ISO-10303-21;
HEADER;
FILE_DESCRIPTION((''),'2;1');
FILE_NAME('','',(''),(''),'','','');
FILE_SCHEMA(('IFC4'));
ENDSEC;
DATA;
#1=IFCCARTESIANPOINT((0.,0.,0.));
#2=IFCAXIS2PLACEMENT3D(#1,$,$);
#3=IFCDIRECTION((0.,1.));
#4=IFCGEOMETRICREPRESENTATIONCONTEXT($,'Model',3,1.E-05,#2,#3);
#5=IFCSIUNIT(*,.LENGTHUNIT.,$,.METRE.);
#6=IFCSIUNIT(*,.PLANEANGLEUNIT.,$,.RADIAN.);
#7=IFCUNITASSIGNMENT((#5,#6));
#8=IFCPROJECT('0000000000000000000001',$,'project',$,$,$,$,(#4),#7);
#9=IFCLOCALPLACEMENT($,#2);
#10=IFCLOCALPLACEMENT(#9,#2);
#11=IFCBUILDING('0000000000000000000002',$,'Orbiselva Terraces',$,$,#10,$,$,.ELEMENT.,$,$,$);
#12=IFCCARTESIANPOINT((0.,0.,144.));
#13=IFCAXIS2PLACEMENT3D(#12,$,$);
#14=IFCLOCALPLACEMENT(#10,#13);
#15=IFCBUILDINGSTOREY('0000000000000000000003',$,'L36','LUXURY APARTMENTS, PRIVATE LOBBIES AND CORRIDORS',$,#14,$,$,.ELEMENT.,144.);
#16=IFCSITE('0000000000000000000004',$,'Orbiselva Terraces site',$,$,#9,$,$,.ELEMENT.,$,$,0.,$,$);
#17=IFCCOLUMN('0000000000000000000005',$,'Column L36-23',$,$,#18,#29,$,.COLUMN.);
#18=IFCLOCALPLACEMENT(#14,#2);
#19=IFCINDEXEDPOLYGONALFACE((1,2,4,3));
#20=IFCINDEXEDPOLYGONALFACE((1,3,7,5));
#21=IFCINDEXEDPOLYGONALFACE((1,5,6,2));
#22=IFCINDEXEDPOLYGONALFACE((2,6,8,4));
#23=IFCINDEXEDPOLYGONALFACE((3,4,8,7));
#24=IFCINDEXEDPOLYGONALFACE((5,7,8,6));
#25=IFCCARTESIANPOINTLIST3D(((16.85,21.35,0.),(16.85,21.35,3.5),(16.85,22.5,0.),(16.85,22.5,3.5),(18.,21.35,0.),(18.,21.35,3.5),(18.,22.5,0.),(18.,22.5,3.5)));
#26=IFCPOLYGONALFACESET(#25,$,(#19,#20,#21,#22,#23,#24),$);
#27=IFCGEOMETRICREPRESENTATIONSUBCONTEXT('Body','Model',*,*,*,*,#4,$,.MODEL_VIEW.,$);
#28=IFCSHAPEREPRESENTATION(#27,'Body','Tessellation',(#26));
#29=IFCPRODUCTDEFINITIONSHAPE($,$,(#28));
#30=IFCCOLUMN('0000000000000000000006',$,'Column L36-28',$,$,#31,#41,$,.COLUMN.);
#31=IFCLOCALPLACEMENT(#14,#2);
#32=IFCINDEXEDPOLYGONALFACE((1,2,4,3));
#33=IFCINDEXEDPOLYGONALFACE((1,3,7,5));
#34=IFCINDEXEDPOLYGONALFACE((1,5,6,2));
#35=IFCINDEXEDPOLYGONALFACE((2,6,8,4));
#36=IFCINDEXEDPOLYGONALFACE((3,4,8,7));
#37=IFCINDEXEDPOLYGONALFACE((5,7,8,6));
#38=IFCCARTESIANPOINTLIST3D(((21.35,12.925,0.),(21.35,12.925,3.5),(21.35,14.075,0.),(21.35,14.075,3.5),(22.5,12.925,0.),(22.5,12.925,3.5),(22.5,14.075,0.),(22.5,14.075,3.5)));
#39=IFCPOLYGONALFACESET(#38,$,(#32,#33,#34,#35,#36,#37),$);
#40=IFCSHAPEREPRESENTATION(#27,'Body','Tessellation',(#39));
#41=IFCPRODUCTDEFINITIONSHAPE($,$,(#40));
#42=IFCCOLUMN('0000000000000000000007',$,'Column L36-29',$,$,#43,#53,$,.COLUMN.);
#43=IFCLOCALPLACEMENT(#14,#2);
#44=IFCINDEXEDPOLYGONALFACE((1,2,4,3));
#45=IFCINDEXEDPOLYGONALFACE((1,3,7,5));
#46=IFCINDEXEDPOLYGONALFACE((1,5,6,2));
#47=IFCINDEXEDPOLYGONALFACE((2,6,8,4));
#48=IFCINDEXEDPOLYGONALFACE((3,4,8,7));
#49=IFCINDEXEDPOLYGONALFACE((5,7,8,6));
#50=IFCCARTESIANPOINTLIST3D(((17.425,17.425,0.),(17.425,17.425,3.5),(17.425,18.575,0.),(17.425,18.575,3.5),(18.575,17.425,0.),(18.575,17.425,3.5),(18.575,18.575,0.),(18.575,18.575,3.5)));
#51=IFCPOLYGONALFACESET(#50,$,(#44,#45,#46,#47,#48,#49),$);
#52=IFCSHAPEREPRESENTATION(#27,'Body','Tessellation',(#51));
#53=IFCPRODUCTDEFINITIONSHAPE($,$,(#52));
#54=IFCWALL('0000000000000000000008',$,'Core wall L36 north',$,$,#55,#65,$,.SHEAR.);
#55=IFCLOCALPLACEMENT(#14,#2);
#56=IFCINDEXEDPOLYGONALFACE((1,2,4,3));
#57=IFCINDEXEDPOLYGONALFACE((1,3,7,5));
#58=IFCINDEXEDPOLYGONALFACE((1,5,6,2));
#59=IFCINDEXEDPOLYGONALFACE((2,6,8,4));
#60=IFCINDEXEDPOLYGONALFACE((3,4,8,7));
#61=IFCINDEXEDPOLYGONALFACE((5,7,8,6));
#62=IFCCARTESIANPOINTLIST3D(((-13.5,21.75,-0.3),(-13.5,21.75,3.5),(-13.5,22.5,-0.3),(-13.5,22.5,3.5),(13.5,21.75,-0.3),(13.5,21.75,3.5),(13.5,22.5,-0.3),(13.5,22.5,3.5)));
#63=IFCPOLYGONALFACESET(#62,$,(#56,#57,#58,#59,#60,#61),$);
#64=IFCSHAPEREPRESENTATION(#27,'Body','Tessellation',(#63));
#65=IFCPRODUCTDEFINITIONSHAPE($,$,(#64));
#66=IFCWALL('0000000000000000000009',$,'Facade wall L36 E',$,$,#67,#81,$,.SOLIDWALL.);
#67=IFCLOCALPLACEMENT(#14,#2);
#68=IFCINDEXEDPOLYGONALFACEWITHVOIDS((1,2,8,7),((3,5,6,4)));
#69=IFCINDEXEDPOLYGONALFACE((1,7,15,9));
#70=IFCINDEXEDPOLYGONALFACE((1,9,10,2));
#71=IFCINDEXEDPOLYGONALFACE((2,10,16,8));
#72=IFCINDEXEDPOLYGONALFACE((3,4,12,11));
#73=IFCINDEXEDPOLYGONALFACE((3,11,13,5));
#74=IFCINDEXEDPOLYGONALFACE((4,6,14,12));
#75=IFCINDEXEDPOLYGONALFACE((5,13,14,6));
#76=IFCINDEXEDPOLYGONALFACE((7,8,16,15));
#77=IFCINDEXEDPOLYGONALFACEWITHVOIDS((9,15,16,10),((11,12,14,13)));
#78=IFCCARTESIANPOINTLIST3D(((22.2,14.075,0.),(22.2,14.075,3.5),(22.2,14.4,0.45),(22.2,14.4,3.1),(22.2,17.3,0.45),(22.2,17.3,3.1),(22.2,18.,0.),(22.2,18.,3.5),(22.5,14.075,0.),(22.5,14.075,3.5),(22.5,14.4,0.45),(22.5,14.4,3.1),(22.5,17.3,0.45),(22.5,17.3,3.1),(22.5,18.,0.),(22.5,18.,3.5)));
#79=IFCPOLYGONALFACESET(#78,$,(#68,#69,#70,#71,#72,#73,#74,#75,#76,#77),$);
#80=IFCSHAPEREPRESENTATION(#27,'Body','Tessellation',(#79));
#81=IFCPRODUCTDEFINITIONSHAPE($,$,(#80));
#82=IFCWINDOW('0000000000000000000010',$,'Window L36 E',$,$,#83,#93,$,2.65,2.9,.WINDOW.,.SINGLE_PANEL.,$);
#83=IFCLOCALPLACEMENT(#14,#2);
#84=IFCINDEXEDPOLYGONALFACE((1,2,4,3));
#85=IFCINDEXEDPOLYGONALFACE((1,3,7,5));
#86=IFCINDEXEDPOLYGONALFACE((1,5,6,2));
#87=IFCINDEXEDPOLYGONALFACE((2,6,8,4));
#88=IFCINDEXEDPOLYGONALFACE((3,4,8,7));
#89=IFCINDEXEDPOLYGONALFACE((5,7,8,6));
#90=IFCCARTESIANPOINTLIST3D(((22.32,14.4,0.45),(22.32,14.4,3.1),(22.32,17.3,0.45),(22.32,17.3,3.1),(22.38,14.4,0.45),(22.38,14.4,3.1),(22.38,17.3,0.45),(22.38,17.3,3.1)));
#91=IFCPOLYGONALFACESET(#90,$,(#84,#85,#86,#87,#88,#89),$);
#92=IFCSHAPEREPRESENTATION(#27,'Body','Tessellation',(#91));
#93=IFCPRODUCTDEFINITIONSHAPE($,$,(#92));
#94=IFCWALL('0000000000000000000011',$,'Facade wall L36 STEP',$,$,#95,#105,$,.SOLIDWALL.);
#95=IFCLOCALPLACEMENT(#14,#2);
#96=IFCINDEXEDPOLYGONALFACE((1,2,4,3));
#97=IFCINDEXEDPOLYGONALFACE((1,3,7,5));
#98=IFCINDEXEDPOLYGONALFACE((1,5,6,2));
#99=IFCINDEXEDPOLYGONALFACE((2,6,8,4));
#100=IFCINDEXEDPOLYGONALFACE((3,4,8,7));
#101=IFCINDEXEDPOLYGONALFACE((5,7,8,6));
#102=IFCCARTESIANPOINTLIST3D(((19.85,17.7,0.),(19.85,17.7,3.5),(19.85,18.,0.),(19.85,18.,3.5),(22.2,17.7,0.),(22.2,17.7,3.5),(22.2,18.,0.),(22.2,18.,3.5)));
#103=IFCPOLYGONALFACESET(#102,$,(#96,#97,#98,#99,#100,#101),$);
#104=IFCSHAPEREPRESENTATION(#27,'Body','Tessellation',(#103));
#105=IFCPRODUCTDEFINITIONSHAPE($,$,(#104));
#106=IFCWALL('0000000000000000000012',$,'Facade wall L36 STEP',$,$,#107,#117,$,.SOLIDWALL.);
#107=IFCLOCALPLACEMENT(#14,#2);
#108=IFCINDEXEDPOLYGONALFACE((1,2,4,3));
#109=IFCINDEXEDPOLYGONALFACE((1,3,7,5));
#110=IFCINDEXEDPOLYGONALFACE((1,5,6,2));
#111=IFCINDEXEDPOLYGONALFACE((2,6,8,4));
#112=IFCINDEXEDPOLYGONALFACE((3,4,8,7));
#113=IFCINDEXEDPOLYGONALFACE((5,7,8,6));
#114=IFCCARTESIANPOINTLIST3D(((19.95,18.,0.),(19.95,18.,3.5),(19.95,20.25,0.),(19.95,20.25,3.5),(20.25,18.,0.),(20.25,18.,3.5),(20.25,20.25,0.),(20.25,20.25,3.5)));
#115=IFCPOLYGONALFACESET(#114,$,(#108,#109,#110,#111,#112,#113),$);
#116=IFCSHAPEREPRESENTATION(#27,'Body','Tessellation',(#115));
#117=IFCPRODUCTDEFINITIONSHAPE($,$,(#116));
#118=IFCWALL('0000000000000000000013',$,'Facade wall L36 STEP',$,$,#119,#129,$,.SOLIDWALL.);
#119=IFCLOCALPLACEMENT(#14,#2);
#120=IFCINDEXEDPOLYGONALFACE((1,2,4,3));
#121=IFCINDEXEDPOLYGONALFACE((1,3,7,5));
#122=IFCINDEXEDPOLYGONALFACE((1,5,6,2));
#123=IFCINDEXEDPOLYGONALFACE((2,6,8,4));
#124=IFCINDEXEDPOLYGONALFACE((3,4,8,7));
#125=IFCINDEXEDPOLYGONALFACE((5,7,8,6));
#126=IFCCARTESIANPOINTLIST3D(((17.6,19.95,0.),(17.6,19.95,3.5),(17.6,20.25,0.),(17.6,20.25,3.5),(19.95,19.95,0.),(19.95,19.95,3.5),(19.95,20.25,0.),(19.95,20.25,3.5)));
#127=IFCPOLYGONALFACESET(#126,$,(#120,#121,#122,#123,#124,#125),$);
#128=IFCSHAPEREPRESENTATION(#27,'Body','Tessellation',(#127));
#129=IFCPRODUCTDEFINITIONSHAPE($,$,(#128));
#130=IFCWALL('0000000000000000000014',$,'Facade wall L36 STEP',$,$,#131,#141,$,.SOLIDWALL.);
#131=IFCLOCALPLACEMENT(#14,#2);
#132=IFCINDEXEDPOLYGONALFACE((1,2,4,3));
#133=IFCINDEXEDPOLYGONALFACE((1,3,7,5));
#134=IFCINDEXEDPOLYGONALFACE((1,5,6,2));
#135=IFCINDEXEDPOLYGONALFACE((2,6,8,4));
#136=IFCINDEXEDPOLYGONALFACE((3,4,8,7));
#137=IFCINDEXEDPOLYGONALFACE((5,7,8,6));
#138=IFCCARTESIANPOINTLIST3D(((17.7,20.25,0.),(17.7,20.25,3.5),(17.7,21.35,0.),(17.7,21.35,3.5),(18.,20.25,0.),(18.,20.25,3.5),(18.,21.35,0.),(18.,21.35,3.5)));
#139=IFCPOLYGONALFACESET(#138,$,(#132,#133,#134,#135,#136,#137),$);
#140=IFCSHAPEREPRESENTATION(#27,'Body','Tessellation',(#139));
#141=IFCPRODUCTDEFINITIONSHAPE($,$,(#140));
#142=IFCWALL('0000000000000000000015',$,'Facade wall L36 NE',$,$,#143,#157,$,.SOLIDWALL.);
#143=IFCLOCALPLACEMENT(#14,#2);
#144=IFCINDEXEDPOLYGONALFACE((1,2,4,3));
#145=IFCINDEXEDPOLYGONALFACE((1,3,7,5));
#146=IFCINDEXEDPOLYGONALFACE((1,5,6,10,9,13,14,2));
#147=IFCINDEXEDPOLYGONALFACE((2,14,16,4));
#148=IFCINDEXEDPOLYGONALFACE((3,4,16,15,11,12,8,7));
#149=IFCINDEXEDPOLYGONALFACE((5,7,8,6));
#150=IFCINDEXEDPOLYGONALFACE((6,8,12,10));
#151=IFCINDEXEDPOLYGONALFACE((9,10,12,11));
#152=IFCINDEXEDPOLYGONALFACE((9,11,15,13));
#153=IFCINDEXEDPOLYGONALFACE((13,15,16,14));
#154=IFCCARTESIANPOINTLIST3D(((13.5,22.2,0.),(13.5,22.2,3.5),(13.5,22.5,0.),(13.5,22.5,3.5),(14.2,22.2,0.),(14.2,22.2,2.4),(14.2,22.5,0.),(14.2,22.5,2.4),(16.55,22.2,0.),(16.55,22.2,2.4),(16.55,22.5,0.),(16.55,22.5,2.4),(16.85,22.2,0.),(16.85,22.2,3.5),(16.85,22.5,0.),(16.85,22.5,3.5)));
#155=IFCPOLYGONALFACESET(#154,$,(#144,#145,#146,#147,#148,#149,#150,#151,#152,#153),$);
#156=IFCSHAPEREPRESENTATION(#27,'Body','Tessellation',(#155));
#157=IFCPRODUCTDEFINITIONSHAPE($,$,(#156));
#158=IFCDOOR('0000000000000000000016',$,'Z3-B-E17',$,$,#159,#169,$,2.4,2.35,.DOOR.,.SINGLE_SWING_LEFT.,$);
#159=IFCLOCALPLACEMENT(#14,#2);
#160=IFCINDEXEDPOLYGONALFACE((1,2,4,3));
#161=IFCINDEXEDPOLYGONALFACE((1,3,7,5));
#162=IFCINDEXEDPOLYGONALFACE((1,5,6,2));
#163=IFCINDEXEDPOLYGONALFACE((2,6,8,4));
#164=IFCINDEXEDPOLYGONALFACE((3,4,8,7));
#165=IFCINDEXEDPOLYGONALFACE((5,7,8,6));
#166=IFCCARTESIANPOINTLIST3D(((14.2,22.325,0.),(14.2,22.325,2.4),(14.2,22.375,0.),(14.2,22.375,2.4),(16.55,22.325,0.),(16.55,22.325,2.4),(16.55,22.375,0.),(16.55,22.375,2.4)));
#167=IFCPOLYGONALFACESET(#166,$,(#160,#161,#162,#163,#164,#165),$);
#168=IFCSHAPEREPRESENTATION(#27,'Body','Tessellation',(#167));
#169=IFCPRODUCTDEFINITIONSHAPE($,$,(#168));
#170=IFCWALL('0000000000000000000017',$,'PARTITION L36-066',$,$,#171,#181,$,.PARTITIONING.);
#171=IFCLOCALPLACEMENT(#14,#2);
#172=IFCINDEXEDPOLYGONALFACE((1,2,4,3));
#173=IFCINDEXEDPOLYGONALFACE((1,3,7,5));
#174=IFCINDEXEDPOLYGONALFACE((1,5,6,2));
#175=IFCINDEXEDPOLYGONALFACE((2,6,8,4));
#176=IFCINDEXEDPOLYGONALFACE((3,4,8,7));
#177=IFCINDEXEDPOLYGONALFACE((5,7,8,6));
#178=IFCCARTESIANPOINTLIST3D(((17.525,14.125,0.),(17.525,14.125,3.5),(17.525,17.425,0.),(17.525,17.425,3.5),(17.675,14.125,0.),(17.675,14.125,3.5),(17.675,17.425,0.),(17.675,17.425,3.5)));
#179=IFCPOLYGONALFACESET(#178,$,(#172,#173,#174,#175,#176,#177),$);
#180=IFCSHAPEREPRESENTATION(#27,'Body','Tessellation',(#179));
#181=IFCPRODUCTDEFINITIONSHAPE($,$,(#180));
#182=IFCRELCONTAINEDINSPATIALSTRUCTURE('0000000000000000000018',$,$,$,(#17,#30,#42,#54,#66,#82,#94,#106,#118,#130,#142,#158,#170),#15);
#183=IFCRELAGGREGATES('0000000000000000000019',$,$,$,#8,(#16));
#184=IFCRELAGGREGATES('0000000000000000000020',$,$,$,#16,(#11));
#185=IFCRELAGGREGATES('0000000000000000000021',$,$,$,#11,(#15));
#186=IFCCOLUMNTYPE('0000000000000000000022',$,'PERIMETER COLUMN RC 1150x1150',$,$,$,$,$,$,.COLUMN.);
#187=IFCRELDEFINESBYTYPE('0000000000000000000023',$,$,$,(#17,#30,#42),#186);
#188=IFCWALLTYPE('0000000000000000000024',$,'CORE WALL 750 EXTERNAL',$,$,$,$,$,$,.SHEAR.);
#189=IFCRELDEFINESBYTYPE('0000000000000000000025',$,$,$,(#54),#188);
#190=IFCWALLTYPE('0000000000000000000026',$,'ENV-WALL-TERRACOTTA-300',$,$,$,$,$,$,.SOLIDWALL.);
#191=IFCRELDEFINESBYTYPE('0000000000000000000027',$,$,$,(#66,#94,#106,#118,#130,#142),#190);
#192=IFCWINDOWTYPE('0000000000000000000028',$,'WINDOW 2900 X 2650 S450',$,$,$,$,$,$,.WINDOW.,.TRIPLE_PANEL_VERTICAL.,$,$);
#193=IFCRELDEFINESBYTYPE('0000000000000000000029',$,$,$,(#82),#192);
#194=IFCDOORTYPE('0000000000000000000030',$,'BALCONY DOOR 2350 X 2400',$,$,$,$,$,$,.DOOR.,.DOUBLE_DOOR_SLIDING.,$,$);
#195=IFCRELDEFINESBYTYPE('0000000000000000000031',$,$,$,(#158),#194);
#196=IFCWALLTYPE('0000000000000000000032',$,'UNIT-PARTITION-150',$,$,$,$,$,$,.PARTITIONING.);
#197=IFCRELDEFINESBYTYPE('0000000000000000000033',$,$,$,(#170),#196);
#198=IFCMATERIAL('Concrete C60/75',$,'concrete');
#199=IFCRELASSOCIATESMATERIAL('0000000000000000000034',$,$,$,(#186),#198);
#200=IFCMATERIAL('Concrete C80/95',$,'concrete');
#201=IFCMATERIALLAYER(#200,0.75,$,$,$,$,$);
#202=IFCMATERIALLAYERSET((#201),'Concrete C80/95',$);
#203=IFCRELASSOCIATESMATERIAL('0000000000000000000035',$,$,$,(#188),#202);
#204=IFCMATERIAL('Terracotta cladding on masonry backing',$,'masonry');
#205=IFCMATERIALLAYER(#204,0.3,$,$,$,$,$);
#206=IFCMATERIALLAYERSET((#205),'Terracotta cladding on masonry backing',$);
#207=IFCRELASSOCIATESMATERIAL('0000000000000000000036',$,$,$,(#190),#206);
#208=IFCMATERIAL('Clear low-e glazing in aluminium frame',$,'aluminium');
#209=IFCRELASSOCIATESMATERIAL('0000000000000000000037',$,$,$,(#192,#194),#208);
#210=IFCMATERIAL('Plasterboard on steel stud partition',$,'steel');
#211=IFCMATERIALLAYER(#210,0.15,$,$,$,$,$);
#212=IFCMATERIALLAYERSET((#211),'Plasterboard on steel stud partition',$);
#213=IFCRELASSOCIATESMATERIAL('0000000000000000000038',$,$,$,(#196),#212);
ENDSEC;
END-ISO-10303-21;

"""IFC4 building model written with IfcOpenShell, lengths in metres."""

from ifc_helpers import new_model, si_unit, direction, frame, frame_2d, origin, origin_2d, place, context, subcontext, project, spatial, rectangle, extrude, material, layer, layer_set, material_profile, profile_set, type_object, element, fill, save


model = new_model("IFC4")

# Units and contexts
model_context = context("Model", 3, precision=1e-05, world=origin(), true_north=direction((0.0, 1.0)))
body_context = subcontext(model_context, "Body", "Model", "MODEL_VIEW")
ifc_project = project(units=[si_unit("LENGTHUNIT", "METRE"), si_unit("PLANEANGLEUNIT", "RADIAN")], contexts=[model_context])

# Site, building, storey
site_placement = place(None, origin())
site = spatial("IfcSite", under=ifc_project, at=site_placement, Name="Orbiselva Terraces site", CompositionType="ELEMENT", RefElevation=0.0)
building_placement = place(site_placement, origin())
building = spatial("IfcBuilding", under=site, at=building_placement, Name="Orbiselva Terraces", CompositionType="ELEMENT")
storey_placement = place(building_placement, frame((0.0, 0.0, 144.0)))
storey = spatial("IfcBuildingStorey", under=building, at=storey_placement, Name="L36", Description="LUXURY APARTMENTS, PRIVATE LOBBIES AND CORRIDORS", CompositionType="ELEMENT", Elevation=144.0)

# Columns
ifc_material_1 = material(Name="Concrete C60/75", Category="concrete")
ifc_material_profile = material_profile(ifc_material_1, rectangle(XDim=1.15, YDim=1.15, at=origin_2d()), Name="RC 1150x1150")
ifc_profile_set = profile_set([ifc_material_profile], Name="Concrete C60/75")
column_type = type_object("IfcColumnType", Name="PERIMETER COLUMN RC 1150x1150", PredefinedType="COLUMN", material=ifc_profile_set)
for number, where, z_axis, x_axis, name in (
    (1, (17.425, 21.925, 0.0), (0.0, 0.0, 1.0), (1.0, 0.0, 0.0), "Column L36-23"),
    (2, (21.925, 13.5, 0.0), (0.0, 0.0, 1.0), (1.0, 0.0, 0.0), "Column L36-28"),
    (3, (18.0, 18.0, 0.0), (0.0, 0.0, 1.0), (1.0, 0.0, 0.0), "Column L36-29"),
):
    element("IfcColumn", number, at=place(storey_placement, frame(where, z_axis=z_axis, x_axis=x_axis)), inside=storey, type_object=column_type, Name=name, PredefinedType="COLUMN", context=body_context, shape_type="SweptSolid", body=[
        extrude(rectangle(XDim=1.15, YDim=1.15, at=origin_2d()), origin(), (0.0, 0.0, 1.0), 3.5),
    ])

# Wall
ifc_material_2 = material(Name="Concrete C80/95", Category="concrete")
ifc_layer_1 = layer(ifc_material_2, 0.75)
ifc_layer_set_1 = layer_set([ifc_layer_1], Name="Concrete C80/95")
wall_type_1 = type_object("IfcWallType", Name="CORE WALL 750 EXTERNAL", PredefinedType="SHEAR", material=ifc_layer_set_1)
wall_1_placement = place(storey_placement, frame((13.5, 22.125, -0.3), z_axis=(0.0, 0.0, 1.0), x_axis=(-1.0, 0.0, 0.0)))
element("IfcWall", 4, at=wall_1_placement, inside=storey, type_object=wall_type_1, Name="Core wall L36 north", PredefinedType="SHEAR", context=body_context, shape_type="SweptSolid", body=[
    extrude(rectangle(XDim=27.0, YDim=0.75, at=frame_2d((13.5, 0.0))), origin(), (0.0, 0.0, 1.0), 3.8),
])

# Wall, opening, window
ifc_material_3 = material(Name="Terracotta cladding on masonry backing", Category="masonry")
ifc_layer_2 = layer(ifc_material_3, 0.3)
ifc_layer_set_2 = layer_set([ifc_layer_2], Name="Terracotta cladding on masonry backing")
wall_type_2 = type_object("IfcWallType", Name="ENV-WALL-TERRACOTTA-300", PredefinedType="SOLIDWALL", material=ifc_layer_set_2)
wall_2_placement = place(storey_placement, frame((22.35, 18.0, 0.0), z_axis=(0.0, 0.0, 1.0), x_axis=(0.0, -1.0, 0.0)))
wall_2 = element("IfcWall", 5, at=wall_2_placement, inside=storey, type_object=wall_type_2, Name="Facade wall L36 E", PredefinedType="SOLIDWALL", context=body_context, shape_type="SweptSolid", body=[
    extrude(rectangle(XDim=3.925, YDim=0.3, at=frame_2d((1.9625, 0.0))), origin(), (0.0, 0.0, 1.0), 3.5),
])
opening_1_placement = place(wall_2_placement, frame((0.7, 0.0, 0.45)))
opening_1 = element("IfcOpeningElement", 6, at=opening_1_placement, cuts=wall_2, PredefinedType="OPENING", context=body_context, shape_type="SweptSolid", body=[
    extrude(rectangle(XDim=2.9, YDim=2.65, at=frame_2d((1.45, 1.325))), frame((0.0, 0.16, 0.0), z_axis=(0.0, -1.0, 0.0), x_axis=(1.0, 0.0, 0.0)), (0.0, 0.0, 1.0), 0.32),
])
ifc_material_4 = material(Name="Clear low-e glazing in aluminium frame", Category="aluminium")
window_type = type_object("IfcWindowType", Name="WINDOW 2900 X 2650 S450", PartitioningType="TRIPLE_PANEL_VERTICAL", PredefinedType="WINDOW", material=ifc_material_4)
window_placement = place(opening_1_placement, origin())
window = element("IfcWindow", 7, at=window_placement, inside=storey, type_object=window_type, Name="Window L36 E", OverallHeight=2.65, OverallWidth=2.9, PartitioningType="SINGLE_PANEL", PredefinedType="WINDOW", context=body_context, shape_type="SweptSolid", body=[
    extrude(rectangle(XDim=2.9, YDim=2.65, at=frame_2d((1.45, 1.325))), frame((0.0, 0.03, 0.0), z_axis=(0.0, -1.0, 0.0), x_axis=(1.0, 0.0, 0.0)), (0.0, 0.0, 1.0), 0.06),
])
fill(opening_1, window)

# Walls
wall_3_placement = place(storey_placement, frame((19.85, 17.85, 0.0), z_axis=(0.0, 0.0, 1.0), x_axis=(1.0, 0.0, 0.0)))
element("IfcWall", 8, at=wall_3_placement, inside=storey, type_object=wall_type_2, Name="Facade wall L36 STEP", PredefinedType="SOLIDWALL", context=body_context, shape_type="SweptSolid", body=[
    extrude(rectangle(XDim=2.35, YDim=0.3, at=frame_2d((1.175, 0.0))), origin(), (0.0, 0.0, 1.0), 3.5),
])
wall_4_placement = place(storey_placement, frame((20.1, 20.25, 0.0), z_axis=(0.0, 0.0, 1.0), x_axis=(0.0, -1.0, 0.0)))
element("IfcWall", 9, at=wall_4_placement, inside=storey, type_object=wall_type_2, Name="Facade wall L36 STEP", PredefinedType="SOLIDWALL", context=body_context, shape_type="SweptSolid", body=[
    extrude(rectangle(XDim=2.25, YDim=0.3, at=frame_2d((1.125, 0.0))), origin(), (0.0, 0.0, 1.0), 3.5),
])
wall_5_placement = place(storey_placement, frame((17.6, 20.1, 0.0), z_axis=(0.0, 0.0, 1.0), x_axis=(1.0, 0.0, 0.0)))
element("IfcWall", 10, at=wall_5_placement, inside=storey, type_object=wall_type_2, Name="Facade wall L36 STEP", PredefinedType="SOLIDWALL", context=body_context, shape_type="SweptSolid", body=[
    extrude(rectangle(XDim=2.35, YDim=0.3, at=frame_2d((1.175, 0.0))), origin(), (0.0, 0.0, 1.0), 3.5),
])
wall_6_placement = place(storey_placement, frame((17.85, 21.35, 0.0), z_axis=(0.0, 0.0, 1.0), x_axis=(0.0, -1.0, 0.0)))
element("IfcWall", 11, at=wall_6_placement, inside=storey, type_object=wall_type_2, Name="Facade wall L36 STEP", PredefinedType="SOLIDWALL", context=body_context, shape_type="SweptSolid", body=[
    extrude(rectangle(XDim=1.1, YDim=0.3, at=frame_2d((0.55, 0.0))), origin(), (0.0, 0.0, 1.0), 3.5),
])

# Wall, opening, door
wall_7_placement = place(storey_placement, frame((13.5, 22.35, 0.0), z_axis=(0.0, 0.0, 1.0), x_axis=(1.0, 0.0, 0.0)))
wall_7 = element("IfcWall", 12, at=wall_7_placement, inside=storey, type_object=wall_type_2, Name="Facade wall L36 NE", PredefinedType="SOLIDWALL", context=body_context, shape_type="SweptSolid", body=[
    extrude(rectangle(XDim=3.35, YDim=0.3, at=frame_2d((1.675, 0.0))), origin(), (0.0, 0.0, 1.0), 3.5),
])
opening_2_placement = place(wall_7_placement, frame((0.7, 0.0, 0.0)))
opening_2 = element("IfcOpeningElement", 13, at=opening_2_placement, cuts=wall_7, PredefinedType="OPENING", context=body_context, shape_type="SweptSolid", body=[
    extrude(rectangle(XDim=2.35, YDim=2.4, at=frame_2d((1.175, 1.2))), frame((0.0, 0.16, 0.0), z_axis=(0.0, -1.0, 0.0), x_axis=(1.0, 0.0, 0.0)), (0.0, 0.0, 1.0), 0.32),
])
door_type = type_object("IfcDoorType", Name="BALCONY DOOR 2350 X 2400", OperationType="DOUBLE_DOOR_SLIDING", PredefinedType="DOOR", material=ifc_material_4)
door_placement = place(opening_2_placement, origin())
door = element("IfcDoor", 14, at=door_placement, inside=storey, type_object=door_type, Name="Z3-B-E17", OperationType="SINGLE_SWING_LEFT", OverallHeight=2.4, OverallWidth=2.35, PredefinedType="DOOR", context=body_context, shape_type="SweptSolid", body=[
    extrude(rectangle(XDim=2.35, YDim=2.4, at=frame_2d((1.175, 1.2))), frame((0.0, 0.025, 0.0), z_axis=(0.0, -1.0, 0.0), x_axis=(1.0, 0.0, 0.0)), (0.0, 0.0, 1.0), 0.05),
])
fill(opening_2, door)

# Wall
ifc_material_5 = material(Name="Plasterboard on steel stud partition", Category="steel")
ifc_layer_3 = layer(ifc_material_5, 0.15)
ifc_layer_set_3 = layer_set([ifc_layer_3], Name="Plasterboard on steel stud partition")
wall_type_3 = type_object("IfcWallType", Name="UNIT-PARTITION-150", PredefinedType="PARTITIONING", material=ifc_layer_set_3)
wall_8_placement = place(storey_placement, frame((17.6, 14.125, 0.0), z_axis=(0.0, 0.0, 1.0), x_axis=(0.0, 1.0, 0.0)))
element("IfcWall", 15, at=wall_8_placement, inside=storey, type_object=wall_type_3, Name="PARTITION L36-066", PredefinedType="PARTITIONING", context=body_context, shape_type="SweptSolid", body=[
    extrude(rectangle(XDim=3.3, YDim=0.15, at=frame_2d((1.65, 0.0))), origin(), (0.0, 0.0, 1.0), 3.5),
])

save(model, "model.ifc")
